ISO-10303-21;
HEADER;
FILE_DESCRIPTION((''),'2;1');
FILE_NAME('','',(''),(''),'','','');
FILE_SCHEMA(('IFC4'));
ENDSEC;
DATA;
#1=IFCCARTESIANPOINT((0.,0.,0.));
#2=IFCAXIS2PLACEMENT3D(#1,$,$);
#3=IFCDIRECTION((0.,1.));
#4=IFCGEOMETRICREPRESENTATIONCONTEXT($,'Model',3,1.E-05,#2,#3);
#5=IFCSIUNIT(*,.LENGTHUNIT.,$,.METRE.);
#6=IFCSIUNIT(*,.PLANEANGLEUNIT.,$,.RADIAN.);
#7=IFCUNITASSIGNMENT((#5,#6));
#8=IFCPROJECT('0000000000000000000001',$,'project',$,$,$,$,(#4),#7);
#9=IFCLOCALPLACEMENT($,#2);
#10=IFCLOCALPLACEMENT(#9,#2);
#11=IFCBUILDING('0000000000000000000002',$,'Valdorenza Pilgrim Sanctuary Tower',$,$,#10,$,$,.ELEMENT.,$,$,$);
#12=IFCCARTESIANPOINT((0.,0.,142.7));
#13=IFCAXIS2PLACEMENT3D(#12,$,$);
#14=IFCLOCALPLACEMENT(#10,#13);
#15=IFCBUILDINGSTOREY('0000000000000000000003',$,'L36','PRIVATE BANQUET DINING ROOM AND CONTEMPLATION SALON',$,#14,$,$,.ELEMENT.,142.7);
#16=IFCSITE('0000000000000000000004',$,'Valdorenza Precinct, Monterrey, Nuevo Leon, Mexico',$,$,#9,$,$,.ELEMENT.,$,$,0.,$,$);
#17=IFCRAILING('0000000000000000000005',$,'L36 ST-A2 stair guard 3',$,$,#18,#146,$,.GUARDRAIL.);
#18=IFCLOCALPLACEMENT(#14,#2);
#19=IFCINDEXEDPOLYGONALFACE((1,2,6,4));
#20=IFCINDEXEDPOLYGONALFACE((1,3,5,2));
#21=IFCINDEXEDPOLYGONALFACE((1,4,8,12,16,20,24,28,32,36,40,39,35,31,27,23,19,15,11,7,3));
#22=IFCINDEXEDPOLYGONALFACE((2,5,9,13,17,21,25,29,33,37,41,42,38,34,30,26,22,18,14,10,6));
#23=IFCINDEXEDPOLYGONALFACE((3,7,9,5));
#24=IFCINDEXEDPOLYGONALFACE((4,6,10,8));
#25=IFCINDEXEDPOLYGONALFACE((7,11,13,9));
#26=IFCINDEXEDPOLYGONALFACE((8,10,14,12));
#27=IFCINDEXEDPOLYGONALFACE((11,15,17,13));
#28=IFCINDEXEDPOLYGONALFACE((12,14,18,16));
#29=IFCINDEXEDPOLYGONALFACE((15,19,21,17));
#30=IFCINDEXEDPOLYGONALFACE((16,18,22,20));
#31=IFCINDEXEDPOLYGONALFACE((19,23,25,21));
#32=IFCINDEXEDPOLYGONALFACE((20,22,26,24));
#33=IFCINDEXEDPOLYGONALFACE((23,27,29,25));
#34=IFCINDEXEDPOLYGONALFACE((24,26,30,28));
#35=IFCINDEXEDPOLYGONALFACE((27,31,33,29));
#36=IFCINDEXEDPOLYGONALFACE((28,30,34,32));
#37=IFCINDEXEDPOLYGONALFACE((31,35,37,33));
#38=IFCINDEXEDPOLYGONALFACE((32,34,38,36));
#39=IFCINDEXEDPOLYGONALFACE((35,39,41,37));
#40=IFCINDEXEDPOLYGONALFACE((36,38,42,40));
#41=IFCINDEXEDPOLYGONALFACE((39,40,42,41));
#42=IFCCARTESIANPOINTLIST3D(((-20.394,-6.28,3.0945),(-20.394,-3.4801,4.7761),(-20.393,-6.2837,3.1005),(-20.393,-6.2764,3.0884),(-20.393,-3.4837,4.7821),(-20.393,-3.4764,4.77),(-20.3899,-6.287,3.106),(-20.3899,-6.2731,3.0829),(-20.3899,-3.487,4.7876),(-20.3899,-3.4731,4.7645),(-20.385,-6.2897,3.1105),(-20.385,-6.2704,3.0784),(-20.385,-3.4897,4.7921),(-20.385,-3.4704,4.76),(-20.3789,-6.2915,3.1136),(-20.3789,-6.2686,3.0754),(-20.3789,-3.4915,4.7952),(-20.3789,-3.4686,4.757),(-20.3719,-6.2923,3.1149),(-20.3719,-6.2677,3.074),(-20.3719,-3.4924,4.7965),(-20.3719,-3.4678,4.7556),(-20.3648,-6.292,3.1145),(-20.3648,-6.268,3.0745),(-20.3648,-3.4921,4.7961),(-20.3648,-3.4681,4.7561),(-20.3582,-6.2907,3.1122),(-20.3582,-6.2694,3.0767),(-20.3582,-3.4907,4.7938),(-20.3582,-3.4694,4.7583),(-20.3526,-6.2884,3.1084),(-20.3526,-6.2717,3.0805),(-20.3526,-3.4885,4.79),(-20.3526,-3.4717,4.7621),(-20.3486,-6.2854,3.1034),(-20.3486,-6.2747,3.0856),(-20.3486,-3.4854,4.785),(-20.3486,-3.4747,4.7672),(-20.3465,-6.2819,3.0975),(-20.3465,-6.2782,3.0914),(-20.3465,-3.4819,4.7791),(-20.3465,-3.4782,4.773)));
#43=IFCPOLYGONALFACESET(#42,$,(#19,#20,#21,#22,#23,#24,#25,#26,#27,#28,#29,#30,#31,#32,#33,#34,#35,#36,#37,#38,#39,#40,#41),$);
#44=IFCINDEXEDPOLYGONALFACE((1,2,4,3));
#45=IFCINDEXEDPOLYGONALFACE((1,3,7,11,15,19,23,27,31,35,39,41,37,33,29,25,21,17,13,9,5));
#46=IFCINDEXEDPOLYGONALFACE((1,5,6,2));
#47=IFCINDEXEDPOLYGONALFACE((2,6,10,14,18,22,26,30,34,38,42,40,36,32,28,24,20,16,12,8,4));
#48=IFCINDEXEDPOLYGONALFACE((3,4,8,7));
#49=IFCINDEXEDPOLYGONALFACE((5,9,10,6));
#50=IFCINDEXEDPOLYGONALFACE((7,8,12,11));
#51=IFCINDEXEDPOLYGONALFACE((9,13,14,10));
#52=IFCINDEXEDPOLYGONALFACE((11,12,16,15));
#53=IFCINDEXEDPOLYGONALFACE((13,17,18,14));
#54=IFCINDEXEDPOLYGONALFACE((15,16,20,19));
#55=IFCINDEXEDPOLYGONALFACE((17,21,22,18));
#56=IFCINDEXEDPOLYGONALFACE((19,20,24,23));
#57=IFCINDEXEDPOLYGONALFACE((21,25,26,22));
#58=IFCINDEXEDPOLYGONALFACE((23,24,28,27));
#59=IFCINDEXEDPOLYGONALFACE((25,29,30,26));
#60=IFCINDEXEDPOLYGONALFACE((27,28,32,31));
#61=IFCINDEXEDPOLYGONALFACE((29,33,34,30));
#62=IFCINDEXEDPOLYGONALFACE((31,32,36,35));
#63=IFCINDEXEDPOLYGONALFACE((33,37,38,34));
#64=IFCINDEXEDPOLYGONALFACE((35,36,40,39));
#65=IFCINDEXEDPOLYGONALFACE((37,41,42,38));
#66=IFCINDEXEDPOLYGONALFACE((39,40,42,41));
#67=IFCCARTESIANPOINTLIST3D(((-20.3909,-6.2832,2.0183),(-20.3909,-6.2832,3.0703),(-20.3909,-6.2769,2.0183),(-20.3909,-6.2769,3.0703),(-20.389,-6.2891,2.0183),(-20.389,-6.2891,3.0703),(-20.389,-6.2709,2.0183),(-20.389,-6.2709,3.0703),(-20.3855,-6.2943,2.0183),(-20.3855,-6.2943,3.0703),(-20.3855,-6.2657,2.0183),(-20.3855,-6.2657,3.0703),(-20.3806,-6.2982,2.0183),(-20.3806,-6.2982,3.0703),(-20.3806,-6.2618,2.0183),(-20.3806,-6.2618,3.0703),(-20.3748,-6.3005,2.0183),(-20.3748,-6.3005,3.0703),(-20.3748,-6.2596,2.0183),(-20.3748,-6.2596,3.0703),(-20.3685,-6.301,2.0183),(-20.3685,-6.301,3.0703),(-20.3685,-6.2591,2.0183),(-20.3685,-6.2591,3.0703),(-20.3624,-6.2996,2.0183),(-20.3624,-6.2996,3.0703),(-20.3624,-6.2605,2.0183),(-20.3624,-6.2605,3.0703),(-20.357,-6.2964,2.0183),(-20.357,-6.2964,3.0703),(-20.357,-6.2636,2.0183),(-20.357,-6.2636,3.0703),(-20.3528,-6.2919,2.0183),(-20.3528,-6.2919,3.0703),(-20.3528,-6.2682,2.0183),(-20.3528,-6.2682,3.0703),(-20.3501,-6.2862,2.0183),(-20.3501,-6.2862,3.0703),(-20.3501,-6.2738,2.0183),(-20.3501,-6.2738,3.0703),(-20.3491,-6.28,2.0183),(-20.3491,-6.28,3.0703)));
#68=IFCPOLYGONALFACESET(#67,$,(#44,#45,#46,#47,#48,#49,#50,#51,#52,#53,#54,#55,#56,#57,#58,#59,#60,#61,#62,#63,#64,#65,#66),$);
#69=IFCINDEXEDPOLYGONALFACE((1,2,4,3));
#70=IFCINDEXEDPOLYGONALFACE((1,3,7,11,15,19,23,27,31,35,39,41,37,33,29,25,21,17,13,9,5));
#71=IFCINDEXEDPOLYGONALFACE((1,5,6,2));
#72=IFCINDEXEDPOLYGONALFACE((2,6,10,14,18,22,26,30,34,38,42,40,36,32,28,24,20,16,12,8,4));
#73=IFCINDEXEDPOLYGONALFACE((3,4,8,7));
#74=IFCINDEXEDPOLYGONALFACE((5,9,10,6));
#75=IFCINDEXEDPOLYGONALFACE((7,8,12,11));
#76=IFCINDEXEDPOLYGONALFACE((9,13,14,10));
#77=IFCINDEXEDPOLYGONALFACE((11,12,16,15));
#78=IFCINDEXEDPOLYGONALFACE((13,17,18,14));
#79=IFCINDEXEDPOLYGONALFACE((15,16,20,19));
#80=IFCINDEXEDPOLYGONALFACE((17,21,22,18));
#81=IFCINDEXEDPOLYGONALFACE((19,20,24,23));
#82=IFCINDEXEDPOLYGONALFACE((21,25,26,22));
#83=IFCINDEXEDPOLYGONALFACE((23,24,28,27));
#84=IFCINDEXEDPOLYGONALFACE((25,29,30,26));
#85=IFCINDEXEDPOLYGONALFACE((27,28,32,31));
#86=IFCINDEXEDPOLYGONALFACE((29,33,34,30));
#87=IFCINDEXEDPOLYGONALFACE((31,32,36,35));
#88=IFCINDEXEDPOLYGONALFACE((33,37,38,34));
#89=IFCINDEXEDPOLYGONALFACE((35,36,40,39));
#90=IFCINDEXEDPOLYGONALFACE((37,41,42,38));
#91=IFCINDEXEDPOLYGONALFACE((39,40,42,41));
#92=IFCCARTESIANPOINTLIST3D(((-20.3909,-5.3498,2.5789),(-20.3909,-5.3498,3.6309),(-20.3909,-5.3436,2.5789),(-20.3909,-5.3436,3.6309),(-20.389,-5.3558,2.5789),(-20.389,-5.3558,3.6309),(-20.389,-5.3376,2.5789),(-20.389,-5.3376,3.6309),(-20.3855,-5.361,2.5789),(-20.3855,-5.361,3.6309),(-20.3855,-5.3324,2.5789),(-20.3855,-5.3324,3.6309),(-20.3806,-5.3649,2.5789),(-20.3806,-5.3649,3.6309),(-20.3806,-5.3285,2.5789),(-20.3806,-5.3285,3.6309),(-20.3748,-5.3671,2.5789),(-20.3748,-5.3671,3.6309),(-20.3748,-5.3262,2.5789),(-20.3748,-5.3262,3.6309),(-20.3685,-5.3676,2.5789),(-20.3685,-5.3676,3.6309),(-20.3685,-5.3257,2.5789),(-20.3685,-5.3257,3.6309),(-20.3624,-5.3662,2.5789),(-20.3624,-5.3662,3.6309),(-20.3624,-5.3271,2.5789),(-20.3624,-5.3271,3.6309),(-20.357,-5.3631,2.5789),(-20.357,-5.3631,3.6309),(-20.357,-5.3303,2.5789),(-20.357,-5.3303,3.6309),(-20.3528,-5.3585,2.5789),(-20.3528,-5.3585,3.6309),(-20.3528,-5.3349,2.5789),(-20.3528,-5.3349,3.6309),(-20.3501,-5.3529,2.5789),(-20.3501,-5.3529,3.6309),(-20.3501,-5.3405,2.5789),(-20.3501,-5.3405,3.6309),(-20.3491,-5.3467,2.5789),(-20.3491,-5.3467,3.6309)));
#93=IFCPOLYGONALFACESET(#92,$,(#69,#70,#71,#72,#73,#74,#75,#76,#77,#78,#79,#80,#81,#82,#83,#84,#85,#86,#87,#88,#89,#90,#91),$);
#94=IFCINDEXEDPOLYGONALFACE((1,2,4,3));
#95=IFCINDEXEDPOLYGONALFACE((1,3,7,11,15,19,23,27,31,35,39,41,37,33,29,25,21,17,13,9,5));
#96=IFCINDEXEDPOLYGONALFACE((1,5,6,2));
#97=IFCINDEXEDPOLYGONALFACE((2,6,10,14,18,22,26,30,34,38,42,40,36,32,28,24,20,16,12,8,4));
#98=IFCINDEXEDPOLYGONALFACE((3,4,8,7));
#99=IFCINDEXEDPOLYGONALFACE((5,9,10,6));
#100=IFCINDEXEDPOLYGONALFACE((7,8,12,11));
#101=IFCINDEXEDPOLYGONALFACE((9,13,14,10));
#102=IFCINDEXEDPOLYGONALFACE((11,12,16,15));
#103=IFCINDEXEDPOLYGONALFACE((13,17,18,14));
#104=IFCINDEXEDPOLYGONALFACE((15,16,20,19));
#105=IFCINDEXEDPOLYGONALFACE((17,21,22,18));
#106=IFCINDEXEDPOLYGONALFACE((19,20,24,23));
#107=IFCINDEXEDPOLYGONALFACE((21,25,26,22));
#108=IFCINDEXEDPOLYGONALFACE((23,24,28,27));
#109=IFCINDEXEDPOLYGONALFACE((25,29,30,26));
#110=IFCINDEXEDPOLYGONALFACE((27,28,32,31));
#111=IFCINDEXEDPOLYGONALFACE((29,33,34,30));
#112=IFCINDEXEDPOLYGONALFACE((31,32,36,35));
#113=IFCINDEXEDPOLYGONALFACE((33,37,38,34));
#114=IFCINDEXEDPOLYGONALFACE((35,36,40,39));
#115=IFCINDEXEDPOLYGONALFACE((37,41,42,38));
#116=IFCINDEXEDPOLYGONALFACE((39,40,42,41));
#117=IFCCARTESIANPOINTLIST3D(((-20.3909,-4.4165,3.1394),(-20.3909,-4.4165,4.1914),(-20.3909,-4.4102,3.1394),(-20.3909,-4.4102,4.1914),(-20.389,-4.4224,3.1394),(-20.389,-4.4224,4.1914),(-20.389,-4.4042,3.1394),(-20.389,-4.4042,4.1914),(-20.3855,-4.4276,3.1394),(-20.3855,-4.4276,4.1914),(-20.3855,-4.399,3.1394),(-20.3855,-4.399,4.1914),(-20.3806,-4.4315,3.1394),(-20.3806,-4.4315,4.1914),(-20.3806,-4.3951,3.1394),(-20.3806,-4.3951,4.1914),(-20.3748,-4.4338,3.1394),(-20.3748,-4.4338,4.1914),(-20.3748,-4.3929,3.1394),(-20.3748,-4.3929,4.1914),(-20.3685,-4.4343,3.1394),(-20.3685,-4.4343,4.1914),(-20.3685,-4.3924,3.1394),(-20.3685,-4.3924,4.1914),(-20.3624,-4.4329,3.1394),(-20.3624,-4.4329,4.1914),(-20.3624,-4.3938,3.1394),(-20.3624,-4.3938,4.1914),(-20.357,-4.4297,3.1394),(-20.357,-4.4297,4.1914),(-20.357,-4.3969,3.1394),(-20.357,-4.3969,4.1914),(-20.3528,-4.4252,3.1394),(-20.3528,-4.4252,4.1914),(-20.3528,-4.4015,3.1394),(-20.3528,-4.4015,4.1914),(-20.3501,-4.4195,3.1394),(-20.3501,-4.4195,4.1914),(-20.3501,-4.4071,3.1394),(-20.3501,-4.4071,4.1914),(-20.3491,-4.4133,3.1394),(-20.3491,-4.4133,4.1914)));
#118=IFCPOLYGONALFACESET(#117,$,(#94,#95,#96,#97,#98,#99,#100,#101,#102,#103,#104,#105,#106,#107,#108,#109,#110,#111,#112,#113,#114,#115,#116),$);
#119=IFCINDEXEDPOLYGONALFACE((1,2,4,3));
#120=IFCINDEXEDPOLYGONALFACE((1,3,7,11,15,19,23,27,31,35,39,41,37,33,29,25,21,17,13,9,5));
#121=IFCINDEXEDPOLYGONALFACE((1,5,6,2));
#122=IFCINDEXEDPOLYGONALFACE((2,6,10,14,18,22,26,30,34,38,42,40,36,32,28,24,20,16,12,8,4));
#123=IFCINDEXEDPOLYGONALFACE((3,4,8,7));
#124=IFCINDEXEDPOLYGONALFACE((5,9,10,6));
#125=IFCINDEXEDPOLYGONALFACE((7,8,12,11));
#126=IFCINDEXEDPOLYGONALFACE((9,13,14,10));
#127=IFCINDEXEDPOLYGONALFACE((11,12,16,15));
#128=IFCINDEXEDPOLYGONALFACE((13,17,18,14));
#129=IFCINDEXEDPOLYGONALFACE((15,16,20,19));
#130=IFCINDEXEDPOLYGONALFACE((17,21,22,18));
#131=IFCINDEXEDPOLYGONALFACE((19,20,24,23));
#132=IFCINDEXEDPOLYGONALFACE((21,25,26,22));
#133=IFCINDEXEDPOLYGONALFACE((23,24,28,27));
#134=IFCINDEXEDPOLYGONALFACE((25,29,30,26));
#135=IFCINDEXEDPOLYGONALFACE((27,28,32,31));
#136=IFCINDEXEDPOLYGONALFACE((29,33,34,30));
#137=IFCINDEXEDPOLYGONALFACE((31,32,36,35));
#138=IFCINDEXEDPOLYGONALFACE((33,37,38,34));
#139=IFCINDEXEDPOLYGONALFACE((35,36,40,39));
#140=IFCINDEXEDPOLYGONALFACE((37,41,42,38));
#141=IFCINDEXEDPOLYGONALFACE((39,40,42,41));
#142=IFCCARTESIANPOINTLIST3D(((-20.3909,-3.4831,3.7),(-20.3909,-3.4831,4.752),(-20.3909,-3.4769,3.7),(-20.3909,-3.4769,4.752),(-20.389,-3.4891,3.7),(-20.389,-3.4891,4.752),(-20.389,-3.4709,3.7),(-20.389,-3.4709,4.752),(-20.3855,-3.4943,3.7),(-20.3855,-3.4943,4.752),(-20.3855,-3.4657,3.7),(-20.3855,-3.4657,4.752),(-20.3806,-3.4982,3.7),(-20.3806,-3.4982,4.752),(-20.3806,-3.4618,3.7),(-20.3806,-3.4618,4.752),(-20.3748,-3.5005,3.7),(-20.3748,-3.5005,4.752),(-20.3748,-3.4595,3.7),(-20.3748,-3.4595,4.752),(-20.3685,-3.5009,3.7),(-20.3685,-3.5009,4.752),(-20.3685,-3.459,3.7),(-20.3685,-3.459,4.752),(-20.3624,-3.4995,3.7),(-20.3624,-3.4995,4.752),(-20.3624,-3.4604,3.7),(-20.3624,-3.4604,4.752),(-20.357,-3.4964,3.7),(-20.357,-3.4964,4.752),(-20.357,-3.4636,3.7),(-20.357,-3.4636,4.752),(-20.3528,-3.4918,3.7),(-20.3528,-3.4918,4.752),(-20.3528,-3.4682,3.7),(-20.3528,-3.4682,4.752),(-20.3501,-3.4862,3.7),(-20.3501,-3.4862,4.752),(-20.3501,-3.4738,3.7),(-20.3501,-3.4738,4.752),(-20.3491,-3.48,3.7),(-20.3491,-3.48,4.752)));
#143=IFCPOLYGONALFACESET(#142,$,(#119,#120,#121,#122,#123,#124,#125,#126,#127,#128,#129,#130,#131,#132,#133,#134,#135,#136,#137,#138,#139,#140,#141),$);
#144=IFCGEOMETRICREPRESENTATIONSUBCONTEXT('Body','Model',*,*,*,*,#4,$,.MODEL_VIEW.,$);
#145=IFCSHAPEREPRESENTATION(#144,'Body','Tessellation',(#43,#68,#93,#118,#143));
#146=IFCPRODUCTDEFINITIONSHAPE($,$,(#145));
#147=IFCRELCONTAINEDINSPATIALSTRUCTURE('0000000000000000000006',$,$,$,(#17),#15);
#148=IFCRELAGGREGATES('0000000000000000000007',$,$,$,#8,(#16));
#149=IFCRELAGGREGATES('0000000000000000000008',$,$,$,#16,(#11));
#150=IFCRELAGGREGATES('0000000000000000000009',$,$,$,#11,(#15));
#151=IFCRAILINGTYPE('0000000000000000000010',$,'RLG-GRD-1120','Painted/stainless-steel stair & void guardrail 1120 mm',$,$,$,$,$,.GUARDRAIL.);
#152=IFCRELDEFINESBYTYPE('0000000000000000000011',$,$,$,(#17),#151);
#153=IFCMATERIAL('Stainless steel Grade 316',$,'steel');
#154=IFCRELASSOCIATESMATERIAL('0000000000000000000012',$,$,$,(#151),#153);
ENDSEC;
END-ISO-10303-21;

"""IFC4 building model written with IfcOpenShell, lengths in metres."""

from ifc_helpers import new_model, si_unit, direction, frame, origin, origin_2d, place, context, subcontext, project, spatial, circle, extrude, material, type_object, element, save


model = new_model("IFC4")

# Units and contexts
model_context = context("Model", 3, precision=1e-05, world=origin(), true_north=direction((0.0, 1.0)))
body_context = subcontext(model_context, "Body", "Model", "MODEL_VIEW")
ifc_project = project(units=[si_unit("LENGTHUNIT", "METRE"), si_unit("PLANEANGLEUNIT", "RADIAN")], contexts=[model_context])

# Site, building, storey
site_placement = place(None, origin())
site = spatial("IfcSite", under=ifc_project, at=site_placement, Name="Valdorenza Precinct, Monterrey, Nuevo Leon, Mexico", CompositionType="ELEMENT", RefElevation=0.0)
building_placement = place(site_placement, origin())
building = spatial("IfcBuilding", under=site, at=building_placement, Name="Valdorenza Pilgrim Sanctuary Tower", CompositionType="ELEMENT")
storey_placement = place(building_placement, frame((0.0, 0.0, 142.7)))
storey = spatial("IfcBuildingStorey", under=building, at=storey_placement, Name="L36", Description="PRIVATE BANQUET DINING ROOM AND CONTEMPLATION SALON", CompositionType="ELEMENT", Elevation=142.7)

# Railing
ifc_material_1 = material(Name="Stainless steel Grade 316", Category="steel")
railing_type_1 = type_object("IfcRailingType", Name="RLG-GRD-1120", Description="Painted/stainless-steel stair & void guardrail 1120 mm", PredefinedType="GUARDRAIL", material=ifc_material_1)
railing_1_placement = place(storey_placement, frame((-20.3701, -6.28, 2.0183)))
element("IfcRailing", 1, at=railing_1_placement, inside=storey, type_object=railing_type_1, Name="L36 ST-A2 stair guard 3", PredefinedType="GUARDRAIL", context=body_context, shape_type="SweptSolid", body=[
    extrude(circle(Radius=0.0239, at=origin_2d()), frame((0.0, 0.0, 1.0762), z_axis=(0.0, 0.857275, 0.514858), x_axis=(-1.0, 0.0, 0.0)), (0.0, 0.0, 1.0), 3.2661),
    extrude(circle(Radius=0.021, at=origin_2d()), origin(), (0.0, 0.0, 1.0), 1.052),
    extrude(circle(Radius=0.021, at=origin_2d()), frame((0.0, 0.9333, 0.5605)), (0.0, 0.0, 1.0), 1.052),
    extrude(circle(Radius=0.021, at=origin_2d()), frame((0.0, 1.8667, 1.1211)), (0.0, 0.0, 1.0), 1.052),
    extrude(circle(Radius=0.021, at=origin_2d()), frame((0.0, 2.8, 1.6816)), (0.0, 0.0, 1.0), 1.052),
])

save(model, "model.ifc")
